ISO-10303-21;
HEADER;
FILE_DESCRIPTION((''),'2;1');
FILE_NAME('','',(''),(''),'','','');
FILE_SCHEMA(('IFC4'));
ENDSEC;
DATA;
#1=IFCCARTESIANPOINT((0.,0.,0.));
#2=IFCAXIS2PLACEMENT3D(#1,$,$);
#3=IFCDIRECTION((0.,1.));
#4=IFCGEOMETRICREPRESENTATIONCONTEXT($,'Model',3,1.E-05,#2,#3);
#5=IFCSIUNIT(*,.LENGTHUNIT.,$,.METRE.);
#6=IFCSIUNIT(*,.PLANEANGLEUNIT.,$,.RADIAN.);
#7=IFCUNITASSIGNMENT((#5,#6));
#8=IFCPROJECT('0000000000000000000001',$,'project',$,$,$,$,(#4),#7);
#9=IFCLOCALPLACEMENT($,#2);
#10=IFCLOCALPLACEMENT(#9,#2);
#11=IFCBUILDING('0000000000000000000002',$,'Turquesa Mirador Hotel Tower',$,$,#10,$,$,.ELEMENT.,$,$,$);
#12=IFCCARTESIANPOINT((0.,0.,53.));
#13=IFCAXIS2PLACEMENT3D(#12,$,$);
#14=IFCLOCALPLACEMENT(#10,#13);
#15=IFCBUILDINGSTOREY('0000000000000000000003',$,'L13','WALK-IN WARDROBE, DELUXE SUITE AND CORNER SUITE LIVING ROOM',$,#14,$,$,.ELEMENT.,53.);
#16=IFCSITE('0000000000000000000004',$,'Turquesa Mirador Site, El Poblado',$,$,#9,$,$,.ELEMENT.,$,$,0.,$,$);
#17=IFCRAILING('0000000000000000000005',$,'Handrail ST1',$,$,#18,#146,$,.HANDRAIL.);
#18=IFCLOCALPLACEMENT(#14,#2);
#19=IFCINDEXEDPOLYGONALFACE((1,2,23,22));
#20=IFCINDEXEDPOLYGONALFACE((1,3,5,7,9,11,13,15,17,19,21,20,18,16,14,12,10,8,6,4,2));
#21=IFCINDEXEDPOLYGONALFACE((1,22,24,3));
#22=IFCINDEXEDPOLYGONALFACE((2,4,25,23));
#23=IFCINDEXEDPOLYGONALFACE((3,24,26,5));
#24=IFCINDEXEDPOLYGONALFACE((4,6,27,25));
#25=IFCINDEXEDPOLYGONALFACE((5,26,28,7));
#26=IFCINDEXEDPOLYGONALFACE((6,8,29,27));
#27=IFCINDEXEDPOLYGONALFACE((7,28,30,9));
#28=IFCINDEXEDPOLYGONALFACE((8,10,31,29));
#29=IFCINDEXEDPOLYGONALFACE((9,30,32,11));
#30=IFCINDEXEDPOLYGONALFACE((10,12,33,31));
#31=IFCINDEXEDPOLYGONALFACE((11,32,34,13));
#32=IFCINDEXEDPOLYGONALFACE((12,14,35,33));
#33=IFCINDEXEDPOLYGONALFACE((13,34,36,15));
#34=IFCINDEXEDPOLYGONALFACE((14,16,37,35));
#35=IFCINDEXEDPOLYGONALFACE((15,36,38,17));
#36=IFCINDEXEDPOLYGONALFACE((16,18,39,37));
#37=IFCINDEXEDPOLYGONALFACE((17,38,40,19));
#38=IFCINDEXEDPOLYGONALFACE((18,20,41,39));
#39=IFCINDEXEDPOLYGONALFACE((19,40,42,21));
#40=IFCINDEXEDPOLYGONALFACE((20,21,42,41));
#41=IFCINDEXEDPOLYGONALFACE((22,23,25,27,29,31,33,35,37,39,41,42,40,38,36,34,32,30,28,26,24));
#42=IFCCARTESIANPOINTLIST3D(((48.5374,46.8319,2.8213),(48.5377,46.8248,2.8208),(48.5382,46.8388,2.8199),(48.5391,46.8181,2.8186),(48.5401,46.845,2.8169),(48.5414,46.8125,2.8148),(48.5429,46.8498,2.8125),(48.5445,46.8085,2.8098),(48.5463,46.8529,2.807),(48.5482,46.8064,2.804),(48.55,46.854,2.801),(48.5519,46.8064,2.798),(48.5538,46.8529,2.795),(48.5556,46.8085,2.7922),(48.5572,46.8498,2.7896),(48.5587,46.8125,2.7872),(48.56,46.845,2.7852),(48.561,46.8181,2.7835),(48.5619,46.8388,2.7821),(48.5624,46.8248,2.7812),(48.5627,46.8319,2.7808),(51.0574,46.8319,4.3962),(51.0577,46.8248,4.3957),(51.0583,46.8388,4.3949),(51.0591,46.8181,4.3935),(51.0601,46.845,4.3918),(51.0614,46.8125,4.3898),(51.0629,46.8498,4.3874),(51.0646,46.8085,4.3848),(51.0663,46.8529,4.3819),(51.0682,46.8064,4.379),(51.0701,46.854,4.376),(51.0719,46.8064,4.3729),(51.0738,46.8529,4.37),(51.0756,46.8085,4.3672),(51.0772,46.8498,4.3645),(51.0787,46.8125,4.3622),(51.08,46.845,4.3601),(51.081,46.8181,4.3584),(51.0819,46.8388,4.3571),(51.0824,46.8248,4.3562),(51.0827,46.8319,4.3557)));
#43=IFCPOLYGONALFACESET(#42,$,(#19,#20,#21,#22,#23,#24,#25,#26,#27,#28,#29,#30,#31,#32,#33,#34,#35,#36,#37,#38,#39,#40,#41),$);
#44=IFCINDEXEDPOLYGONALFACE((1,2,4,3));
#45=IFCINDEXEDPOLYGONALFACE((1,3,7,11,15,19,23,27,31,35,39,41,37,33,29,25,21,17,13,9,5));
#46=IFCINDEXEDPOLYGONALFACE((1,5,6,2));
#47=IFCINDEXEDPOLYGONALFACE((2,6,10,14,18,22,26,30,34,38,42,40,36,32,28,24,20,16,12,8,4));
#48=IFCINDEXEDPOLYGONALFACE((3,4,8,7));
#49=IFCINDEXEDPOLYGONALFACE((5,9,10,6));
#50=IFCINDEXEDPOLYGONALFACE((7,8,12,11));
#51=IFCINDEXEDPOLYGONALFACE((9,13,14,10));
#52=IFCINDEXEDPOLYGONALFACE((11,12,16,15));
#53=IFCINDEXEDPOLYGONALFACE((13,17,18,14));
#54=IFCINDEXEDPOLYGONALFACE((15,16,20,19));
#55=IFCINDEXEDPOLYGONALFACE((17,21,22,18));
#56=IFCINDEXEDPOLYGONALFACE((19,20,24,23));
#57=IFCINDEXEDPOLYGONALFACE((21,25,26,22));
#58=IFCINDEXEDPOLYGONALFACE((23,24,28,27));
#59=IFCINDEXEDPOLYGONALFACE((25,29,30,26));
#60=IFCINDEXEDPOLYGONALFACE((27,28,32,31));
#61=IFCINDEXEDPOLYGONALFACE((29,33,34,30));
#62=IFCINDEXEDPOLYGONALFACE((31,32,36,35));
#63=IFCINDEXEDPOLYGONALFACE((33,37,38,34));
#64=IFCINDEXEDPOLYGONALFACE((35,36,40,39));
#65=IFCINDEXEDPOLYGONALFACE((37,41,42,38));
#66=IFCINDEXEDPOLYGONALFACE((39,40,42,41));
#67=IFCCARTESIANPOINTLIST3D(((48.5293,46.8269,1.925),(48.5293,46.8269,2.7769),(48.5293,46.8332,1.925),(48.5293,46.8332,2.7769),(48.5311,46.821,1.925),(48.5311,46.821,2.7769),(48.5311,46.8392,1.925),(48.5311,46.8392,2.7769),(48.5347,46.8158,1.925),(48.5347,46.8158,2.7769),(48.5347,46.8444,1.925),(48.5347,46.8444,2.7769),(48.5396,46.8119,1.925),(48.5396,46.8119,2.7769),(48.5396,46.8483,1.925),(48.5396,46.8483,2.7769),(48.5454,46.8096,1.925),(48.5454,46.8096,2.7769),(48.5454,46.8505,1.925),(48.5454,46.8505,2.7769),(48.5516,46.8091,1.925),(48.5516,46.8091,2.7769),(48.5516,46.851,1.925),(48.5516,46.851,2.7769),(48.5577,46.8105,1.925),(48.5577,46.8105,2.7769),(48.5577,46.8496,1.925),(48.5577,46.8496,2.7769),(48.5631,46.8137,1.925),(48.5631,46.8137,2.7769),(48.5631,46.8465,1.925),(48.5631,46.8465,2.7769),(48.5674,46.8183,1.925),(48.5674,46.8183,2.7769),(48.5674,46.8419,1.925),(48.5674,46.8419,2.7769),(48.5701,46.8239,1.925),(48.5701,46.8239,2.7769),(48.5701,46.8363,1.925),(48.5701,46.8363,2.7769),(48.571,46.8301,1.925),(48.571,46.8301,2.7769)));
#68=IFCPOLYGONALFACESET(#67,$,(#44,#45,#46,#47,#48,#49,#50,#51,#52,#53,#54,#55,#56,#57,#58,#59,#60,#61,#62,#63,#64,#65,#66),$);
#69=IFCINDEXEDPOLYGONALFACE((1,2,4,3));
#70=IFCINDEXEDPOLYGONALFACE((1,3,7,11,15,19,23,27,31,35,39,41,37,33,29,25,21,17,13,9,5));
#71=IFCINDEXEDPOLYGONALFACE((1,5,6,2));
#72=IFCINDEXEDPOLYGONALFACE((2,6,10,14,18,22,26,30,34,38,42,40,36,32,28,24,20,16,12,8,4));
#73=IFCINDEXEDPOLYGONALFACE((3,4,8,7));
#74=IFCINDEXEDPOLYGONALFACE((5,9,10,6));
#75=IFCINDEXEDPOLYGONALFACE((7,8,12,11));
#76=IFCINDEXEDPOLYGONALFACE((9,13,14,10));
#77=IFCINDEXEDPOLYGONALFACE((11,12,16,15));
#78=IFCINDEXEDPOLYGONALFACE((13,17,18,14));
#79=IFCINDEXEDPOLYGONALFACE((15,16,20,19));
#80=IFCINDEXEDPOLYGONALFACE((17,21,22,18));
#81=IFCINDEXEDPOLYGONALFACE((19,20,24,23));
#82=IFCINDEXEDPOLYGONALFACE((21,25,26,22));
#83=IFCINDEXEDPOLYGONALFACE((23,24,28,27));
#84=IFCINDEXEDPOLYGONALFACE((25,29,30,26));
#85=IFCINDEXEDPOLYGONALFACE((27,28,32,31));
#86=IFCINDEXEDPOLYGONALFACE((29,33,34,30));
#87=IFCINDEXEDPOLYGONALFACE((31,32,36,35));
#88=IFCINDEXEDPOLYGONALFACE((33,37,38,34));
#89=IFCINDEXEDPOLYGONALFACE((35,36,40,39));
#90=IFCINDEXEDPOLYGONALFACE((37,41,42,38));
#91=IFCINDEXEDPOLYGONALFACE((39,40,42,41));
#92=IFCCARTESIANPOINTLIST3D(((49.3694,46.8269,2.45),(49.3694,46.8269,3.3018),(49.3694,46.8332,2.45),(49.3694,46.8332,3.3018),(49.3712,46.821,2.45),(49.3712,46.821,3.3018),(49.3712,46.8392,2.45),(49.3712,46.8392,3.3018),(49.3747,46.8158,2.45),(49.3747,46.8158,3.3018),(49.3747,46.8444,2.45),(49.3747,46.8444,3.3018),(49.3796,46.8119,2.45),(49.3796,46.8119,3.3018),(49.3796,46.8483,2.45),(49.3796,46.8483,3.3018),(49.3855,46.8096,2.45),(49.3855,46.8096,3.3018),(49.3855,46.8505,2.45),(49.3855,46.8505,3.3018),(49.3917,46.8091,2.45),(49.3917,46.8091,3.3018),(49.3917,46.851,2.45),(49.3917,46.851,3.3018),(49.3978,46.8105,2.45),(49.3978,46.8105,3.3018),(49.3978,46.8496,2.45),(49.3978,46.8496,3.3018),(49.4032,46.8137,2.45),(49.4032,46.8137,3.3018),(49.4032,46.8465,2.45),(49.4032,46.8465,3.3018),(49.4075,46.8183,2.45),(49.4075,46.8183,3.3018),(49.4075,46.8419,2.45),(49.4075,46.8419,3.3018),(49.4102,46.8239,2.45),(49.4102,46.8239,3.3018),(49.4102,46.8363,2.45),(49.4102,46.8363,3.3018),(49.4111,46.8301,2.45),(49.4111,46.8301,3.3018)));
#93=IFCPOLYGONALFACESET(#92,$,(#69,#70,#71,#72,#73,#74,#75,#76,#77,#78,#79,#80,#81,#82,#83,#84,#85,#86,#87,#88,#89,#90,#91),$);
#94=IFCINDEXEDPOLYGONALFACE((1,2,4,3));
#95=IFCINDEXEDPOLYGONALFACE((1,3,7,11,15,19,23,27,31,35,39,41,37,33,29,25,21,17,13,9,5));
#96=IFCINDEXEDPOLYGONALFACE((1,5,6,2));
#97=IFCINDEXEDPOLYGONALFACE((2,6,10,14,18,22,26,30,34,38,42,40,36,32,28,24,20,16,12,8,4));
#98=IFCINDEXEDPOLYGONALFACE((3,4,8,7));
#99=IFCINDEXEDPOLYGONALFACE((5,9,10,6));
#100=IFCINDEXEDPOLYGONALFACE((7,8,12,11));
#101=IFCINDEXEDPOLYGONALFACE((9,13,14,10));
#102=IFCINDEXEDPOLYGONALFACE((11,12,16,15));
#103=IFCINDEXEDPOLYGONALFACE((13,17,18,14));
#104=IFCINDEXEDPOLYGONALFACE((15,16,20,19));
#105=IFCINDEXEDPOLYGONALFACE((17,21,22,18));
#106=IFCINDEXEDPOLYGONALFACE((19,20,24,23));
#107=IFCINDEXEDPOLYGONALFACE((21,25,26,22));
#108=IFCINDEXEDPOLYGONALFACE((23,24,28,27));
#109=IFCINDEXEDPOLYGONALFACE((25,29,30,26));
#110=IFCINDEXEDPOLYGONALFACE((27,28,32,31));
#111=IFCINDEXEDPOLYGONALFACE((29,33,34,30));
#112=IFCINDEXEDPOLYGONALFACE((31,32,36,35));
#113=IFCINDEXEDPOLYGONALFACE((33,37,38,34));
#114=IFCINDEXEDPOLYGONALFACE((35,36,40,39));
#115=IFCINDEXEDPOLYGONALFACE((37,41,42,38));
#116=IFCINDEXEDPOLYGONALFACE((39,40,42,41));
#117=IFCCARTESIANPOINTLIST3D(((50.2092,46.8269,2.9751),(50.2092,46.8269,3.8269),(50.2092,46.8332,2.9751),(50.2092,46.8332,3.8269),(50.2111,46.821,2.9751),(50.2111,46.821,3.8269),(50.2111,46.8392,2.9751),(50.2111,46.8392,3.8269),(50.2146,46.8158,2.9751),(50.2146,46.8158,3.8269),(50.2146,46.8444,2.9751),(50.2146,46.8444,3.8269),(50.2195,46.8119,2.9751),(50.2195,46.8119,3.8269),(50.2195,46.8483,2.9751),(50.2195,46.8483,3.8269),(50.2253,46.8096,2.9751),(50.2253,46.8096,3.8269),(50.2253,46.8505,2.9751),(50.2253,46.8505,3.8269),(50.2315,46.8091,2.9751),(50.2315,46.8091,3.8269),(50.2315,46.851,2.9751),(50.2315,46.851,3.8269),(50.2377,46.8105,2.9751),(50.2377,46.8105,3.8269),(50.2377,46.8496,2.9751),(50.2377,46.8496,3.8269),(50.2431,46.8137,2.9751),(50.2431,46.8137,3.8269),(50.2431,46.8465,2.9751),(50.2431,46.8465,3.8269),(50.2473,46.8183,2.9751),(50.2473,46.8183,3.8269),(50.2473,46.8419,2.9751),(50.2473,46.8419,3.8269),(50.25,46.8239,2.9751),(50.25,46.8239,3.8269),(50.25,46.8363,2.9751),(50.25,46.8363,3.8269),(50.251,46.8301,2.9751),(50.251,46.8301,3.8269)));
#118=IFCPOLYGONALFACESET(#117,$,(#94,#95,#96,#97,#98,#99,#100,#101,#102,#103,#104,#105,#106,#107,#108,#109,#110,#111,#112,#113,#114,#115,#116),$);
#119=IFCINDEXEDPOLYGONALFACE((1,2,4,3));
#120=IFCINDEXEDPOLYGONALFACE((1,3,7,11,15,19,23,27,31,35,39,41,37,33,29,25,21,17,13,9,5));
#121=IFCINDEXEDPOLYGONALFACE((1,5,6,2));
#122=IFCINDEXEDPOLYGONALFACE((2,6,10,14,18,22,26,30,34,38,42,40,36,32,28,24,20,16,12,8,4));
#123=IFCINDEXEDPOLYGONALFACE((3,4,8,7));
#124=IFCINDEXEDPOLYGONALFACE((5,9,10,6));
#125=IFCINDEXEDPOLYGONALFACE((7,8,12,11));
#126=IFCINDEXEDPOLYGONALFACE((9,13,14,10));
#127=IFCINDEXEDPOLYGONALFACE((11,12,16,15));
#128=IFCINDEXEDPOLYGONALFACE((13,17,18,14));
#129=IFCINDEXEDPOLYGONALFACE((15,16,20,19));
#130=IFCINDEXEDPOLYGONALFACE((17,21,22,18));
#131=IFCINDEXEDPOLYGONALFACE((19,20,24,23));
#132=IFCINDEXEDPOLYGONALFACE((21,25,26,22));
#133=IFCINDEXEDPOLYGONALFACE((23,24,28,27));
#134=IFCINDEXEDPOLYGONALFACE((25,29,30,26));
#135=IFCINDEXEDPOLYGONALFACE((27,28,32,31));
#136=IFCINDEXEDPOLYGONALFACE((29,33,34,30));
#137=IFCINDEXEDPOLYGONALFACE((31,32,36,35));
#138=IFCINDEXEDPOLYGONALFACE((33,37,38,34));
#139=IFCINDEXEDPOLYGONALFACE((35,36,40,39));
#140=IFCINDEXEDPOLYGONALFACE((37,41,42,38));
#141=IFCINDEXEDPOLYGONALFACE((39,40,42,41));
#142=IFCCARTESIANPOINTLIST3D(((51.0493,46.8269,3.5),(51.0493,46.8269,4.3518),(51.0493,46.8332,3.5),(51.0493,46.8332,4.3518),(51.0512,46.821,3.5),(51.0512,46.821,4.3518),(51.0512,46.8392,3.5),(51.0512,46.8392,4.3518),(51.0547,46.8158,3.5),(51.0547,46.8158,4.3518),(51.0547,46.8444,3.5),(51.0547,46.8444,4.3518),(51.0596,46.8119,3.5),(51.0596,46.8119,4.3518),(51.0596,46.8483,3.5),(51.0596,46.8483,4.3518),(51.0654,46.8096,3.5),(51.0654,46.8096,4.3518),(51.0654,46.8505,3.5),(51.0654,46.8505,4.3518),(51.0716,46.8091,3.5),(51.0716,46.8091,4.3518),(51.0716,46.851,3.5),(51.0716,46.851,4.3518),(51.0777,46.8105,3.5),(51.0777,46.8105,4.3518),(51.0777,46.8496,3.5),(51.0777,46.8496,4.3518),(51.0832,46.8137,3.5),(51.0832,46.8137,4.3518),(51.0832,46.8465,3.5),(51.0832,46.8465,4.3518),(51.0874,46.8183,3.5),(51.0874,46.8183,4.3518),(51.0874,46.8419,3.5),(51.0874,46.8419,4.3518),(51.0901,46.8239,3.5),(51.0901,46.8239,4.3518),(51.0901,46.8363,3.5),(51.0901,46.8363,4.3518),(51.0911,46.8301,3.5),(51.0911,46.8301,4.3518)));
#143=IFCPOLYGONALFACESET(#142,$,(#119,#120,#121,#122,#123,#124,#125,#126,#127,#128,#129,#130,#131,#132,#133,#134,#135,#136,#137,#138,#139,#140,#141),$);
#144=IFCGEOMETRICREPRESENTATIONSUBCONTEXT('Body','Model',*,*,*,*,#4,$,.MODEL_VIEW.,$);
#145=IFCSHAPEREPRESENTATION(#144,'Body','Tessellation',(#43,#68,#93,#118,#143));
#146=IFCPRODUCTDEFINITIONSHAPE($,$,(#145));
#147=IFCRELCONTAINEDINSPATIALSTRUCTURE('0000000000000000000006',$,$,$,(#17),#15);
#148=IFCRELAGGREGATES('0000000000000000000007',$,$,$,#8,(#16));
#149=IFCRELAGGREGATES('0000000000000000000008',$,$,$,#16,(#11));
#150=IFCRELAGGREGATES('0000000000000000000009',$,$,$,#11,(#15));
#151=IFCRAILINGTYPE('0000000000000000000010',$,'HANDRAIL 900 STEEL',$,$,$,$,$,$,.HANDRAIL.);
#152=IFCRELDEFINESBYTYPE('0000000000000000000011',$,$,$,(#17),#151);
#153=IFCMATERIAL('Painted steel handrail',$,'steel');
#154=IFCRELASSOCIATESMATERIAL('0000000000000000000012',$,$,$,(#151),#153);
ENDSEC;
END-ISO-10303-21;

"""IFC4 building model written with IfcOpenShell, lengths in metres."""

from ifc_helpers import new_model, si_unit, direction, frame, origin, origin_2d, place, context, subcontext, project, spatial, circle, extrude, material, type_object, element, save


model = new_model("IFC4")

# Units and contexts
model_context = context("Model", 3, precision=1e-05, world=origin(), true_north=direction((0.0, 1.0)))
body_context = subcontext(model_context, "Body", "Model", "MODEL_VIEW")
ifc_project = project(units=[si_unit("LENGTHUNIT", "METRE"), si_unit("PLANEANGLEUNIT", "RADIAN")], contexts=[model_context])

# Site, building, storey
site_placement = place(None, origin())
site = spatial("IfcSite", under=ifc_project, at=site_placement, Name="Turquesa Mirador Site, El Poblado", CompositionType="ELEMENT", RefElevation=0.0)
building_placement = place(site_placement, origin())
building = spatial("IfcBuilding", under=site, at=building_placement, Name="Turquesa Mirador Hotel Tower", CompositionType="ELEMENT")
storey_placement = place(building_placement, frame((0.0, 0.0, 53.0)))
storey = spatial("IfcBuildingStorey", under=building, at=storey_placement, Name="L13", Description="WALK-IN WARDROBE, DELUXE SUITE AND CORNER SUITE LIVING ROOM", CompositionType="ELEMENT", Elevation=53.0)

# Railing
ifc_material_1 = material(Name="Painted steel handrail", Category="steel")
railing_type = type_object("IfcRailingType", Name="HANDRAIL 900 STEEL", PredefinedType="HANDRAIL", material=ifc_material_1)
railing_1_placement = place(storey_placement, frame((48.55, 46.8301, 1.925)))
element("IfcRailing", 1, at=railing_1_placement, inside=storey, type_object=railing_type, Name="Handrail ST1", PredefinedType="HANDRAIL", context=body_context, shape_type="SweptSolid", body=[
    extrude(circle(Radius=0.0239, at=origin_2d()), frame((0.0, 0.0, 0.876), z_axis=(0.848008, 0.0, 0.529984), x_axis=(0.0, 1.0, 0.0)), (0.0, 0.0, 1.0), 2.9717),
    extrude(circle(Radius=0.021, at=origin_2d()), origin(), (0.0, 0.0, 1.0), 0.8518),
    extrude(circle(Radius=0.021, at=origin_2d()), frame((0.8401, 0.0, 0.5249)), (0.0, 0.0, 1.0), 0.8518),
    extrude(circle(Radius=0.021, at=origin_2d()), frame((1.6799, 0.0, 1.05)), (0.0, 0.0, 1.0), 0.8518),
    extrude(circle(Radius=0.021, at=origin_2d()), frame((2.52, 0.0, 1.575)), (0.0, 0.0, 1.0), 0.8518),
])

save(model, "model.ifc")
